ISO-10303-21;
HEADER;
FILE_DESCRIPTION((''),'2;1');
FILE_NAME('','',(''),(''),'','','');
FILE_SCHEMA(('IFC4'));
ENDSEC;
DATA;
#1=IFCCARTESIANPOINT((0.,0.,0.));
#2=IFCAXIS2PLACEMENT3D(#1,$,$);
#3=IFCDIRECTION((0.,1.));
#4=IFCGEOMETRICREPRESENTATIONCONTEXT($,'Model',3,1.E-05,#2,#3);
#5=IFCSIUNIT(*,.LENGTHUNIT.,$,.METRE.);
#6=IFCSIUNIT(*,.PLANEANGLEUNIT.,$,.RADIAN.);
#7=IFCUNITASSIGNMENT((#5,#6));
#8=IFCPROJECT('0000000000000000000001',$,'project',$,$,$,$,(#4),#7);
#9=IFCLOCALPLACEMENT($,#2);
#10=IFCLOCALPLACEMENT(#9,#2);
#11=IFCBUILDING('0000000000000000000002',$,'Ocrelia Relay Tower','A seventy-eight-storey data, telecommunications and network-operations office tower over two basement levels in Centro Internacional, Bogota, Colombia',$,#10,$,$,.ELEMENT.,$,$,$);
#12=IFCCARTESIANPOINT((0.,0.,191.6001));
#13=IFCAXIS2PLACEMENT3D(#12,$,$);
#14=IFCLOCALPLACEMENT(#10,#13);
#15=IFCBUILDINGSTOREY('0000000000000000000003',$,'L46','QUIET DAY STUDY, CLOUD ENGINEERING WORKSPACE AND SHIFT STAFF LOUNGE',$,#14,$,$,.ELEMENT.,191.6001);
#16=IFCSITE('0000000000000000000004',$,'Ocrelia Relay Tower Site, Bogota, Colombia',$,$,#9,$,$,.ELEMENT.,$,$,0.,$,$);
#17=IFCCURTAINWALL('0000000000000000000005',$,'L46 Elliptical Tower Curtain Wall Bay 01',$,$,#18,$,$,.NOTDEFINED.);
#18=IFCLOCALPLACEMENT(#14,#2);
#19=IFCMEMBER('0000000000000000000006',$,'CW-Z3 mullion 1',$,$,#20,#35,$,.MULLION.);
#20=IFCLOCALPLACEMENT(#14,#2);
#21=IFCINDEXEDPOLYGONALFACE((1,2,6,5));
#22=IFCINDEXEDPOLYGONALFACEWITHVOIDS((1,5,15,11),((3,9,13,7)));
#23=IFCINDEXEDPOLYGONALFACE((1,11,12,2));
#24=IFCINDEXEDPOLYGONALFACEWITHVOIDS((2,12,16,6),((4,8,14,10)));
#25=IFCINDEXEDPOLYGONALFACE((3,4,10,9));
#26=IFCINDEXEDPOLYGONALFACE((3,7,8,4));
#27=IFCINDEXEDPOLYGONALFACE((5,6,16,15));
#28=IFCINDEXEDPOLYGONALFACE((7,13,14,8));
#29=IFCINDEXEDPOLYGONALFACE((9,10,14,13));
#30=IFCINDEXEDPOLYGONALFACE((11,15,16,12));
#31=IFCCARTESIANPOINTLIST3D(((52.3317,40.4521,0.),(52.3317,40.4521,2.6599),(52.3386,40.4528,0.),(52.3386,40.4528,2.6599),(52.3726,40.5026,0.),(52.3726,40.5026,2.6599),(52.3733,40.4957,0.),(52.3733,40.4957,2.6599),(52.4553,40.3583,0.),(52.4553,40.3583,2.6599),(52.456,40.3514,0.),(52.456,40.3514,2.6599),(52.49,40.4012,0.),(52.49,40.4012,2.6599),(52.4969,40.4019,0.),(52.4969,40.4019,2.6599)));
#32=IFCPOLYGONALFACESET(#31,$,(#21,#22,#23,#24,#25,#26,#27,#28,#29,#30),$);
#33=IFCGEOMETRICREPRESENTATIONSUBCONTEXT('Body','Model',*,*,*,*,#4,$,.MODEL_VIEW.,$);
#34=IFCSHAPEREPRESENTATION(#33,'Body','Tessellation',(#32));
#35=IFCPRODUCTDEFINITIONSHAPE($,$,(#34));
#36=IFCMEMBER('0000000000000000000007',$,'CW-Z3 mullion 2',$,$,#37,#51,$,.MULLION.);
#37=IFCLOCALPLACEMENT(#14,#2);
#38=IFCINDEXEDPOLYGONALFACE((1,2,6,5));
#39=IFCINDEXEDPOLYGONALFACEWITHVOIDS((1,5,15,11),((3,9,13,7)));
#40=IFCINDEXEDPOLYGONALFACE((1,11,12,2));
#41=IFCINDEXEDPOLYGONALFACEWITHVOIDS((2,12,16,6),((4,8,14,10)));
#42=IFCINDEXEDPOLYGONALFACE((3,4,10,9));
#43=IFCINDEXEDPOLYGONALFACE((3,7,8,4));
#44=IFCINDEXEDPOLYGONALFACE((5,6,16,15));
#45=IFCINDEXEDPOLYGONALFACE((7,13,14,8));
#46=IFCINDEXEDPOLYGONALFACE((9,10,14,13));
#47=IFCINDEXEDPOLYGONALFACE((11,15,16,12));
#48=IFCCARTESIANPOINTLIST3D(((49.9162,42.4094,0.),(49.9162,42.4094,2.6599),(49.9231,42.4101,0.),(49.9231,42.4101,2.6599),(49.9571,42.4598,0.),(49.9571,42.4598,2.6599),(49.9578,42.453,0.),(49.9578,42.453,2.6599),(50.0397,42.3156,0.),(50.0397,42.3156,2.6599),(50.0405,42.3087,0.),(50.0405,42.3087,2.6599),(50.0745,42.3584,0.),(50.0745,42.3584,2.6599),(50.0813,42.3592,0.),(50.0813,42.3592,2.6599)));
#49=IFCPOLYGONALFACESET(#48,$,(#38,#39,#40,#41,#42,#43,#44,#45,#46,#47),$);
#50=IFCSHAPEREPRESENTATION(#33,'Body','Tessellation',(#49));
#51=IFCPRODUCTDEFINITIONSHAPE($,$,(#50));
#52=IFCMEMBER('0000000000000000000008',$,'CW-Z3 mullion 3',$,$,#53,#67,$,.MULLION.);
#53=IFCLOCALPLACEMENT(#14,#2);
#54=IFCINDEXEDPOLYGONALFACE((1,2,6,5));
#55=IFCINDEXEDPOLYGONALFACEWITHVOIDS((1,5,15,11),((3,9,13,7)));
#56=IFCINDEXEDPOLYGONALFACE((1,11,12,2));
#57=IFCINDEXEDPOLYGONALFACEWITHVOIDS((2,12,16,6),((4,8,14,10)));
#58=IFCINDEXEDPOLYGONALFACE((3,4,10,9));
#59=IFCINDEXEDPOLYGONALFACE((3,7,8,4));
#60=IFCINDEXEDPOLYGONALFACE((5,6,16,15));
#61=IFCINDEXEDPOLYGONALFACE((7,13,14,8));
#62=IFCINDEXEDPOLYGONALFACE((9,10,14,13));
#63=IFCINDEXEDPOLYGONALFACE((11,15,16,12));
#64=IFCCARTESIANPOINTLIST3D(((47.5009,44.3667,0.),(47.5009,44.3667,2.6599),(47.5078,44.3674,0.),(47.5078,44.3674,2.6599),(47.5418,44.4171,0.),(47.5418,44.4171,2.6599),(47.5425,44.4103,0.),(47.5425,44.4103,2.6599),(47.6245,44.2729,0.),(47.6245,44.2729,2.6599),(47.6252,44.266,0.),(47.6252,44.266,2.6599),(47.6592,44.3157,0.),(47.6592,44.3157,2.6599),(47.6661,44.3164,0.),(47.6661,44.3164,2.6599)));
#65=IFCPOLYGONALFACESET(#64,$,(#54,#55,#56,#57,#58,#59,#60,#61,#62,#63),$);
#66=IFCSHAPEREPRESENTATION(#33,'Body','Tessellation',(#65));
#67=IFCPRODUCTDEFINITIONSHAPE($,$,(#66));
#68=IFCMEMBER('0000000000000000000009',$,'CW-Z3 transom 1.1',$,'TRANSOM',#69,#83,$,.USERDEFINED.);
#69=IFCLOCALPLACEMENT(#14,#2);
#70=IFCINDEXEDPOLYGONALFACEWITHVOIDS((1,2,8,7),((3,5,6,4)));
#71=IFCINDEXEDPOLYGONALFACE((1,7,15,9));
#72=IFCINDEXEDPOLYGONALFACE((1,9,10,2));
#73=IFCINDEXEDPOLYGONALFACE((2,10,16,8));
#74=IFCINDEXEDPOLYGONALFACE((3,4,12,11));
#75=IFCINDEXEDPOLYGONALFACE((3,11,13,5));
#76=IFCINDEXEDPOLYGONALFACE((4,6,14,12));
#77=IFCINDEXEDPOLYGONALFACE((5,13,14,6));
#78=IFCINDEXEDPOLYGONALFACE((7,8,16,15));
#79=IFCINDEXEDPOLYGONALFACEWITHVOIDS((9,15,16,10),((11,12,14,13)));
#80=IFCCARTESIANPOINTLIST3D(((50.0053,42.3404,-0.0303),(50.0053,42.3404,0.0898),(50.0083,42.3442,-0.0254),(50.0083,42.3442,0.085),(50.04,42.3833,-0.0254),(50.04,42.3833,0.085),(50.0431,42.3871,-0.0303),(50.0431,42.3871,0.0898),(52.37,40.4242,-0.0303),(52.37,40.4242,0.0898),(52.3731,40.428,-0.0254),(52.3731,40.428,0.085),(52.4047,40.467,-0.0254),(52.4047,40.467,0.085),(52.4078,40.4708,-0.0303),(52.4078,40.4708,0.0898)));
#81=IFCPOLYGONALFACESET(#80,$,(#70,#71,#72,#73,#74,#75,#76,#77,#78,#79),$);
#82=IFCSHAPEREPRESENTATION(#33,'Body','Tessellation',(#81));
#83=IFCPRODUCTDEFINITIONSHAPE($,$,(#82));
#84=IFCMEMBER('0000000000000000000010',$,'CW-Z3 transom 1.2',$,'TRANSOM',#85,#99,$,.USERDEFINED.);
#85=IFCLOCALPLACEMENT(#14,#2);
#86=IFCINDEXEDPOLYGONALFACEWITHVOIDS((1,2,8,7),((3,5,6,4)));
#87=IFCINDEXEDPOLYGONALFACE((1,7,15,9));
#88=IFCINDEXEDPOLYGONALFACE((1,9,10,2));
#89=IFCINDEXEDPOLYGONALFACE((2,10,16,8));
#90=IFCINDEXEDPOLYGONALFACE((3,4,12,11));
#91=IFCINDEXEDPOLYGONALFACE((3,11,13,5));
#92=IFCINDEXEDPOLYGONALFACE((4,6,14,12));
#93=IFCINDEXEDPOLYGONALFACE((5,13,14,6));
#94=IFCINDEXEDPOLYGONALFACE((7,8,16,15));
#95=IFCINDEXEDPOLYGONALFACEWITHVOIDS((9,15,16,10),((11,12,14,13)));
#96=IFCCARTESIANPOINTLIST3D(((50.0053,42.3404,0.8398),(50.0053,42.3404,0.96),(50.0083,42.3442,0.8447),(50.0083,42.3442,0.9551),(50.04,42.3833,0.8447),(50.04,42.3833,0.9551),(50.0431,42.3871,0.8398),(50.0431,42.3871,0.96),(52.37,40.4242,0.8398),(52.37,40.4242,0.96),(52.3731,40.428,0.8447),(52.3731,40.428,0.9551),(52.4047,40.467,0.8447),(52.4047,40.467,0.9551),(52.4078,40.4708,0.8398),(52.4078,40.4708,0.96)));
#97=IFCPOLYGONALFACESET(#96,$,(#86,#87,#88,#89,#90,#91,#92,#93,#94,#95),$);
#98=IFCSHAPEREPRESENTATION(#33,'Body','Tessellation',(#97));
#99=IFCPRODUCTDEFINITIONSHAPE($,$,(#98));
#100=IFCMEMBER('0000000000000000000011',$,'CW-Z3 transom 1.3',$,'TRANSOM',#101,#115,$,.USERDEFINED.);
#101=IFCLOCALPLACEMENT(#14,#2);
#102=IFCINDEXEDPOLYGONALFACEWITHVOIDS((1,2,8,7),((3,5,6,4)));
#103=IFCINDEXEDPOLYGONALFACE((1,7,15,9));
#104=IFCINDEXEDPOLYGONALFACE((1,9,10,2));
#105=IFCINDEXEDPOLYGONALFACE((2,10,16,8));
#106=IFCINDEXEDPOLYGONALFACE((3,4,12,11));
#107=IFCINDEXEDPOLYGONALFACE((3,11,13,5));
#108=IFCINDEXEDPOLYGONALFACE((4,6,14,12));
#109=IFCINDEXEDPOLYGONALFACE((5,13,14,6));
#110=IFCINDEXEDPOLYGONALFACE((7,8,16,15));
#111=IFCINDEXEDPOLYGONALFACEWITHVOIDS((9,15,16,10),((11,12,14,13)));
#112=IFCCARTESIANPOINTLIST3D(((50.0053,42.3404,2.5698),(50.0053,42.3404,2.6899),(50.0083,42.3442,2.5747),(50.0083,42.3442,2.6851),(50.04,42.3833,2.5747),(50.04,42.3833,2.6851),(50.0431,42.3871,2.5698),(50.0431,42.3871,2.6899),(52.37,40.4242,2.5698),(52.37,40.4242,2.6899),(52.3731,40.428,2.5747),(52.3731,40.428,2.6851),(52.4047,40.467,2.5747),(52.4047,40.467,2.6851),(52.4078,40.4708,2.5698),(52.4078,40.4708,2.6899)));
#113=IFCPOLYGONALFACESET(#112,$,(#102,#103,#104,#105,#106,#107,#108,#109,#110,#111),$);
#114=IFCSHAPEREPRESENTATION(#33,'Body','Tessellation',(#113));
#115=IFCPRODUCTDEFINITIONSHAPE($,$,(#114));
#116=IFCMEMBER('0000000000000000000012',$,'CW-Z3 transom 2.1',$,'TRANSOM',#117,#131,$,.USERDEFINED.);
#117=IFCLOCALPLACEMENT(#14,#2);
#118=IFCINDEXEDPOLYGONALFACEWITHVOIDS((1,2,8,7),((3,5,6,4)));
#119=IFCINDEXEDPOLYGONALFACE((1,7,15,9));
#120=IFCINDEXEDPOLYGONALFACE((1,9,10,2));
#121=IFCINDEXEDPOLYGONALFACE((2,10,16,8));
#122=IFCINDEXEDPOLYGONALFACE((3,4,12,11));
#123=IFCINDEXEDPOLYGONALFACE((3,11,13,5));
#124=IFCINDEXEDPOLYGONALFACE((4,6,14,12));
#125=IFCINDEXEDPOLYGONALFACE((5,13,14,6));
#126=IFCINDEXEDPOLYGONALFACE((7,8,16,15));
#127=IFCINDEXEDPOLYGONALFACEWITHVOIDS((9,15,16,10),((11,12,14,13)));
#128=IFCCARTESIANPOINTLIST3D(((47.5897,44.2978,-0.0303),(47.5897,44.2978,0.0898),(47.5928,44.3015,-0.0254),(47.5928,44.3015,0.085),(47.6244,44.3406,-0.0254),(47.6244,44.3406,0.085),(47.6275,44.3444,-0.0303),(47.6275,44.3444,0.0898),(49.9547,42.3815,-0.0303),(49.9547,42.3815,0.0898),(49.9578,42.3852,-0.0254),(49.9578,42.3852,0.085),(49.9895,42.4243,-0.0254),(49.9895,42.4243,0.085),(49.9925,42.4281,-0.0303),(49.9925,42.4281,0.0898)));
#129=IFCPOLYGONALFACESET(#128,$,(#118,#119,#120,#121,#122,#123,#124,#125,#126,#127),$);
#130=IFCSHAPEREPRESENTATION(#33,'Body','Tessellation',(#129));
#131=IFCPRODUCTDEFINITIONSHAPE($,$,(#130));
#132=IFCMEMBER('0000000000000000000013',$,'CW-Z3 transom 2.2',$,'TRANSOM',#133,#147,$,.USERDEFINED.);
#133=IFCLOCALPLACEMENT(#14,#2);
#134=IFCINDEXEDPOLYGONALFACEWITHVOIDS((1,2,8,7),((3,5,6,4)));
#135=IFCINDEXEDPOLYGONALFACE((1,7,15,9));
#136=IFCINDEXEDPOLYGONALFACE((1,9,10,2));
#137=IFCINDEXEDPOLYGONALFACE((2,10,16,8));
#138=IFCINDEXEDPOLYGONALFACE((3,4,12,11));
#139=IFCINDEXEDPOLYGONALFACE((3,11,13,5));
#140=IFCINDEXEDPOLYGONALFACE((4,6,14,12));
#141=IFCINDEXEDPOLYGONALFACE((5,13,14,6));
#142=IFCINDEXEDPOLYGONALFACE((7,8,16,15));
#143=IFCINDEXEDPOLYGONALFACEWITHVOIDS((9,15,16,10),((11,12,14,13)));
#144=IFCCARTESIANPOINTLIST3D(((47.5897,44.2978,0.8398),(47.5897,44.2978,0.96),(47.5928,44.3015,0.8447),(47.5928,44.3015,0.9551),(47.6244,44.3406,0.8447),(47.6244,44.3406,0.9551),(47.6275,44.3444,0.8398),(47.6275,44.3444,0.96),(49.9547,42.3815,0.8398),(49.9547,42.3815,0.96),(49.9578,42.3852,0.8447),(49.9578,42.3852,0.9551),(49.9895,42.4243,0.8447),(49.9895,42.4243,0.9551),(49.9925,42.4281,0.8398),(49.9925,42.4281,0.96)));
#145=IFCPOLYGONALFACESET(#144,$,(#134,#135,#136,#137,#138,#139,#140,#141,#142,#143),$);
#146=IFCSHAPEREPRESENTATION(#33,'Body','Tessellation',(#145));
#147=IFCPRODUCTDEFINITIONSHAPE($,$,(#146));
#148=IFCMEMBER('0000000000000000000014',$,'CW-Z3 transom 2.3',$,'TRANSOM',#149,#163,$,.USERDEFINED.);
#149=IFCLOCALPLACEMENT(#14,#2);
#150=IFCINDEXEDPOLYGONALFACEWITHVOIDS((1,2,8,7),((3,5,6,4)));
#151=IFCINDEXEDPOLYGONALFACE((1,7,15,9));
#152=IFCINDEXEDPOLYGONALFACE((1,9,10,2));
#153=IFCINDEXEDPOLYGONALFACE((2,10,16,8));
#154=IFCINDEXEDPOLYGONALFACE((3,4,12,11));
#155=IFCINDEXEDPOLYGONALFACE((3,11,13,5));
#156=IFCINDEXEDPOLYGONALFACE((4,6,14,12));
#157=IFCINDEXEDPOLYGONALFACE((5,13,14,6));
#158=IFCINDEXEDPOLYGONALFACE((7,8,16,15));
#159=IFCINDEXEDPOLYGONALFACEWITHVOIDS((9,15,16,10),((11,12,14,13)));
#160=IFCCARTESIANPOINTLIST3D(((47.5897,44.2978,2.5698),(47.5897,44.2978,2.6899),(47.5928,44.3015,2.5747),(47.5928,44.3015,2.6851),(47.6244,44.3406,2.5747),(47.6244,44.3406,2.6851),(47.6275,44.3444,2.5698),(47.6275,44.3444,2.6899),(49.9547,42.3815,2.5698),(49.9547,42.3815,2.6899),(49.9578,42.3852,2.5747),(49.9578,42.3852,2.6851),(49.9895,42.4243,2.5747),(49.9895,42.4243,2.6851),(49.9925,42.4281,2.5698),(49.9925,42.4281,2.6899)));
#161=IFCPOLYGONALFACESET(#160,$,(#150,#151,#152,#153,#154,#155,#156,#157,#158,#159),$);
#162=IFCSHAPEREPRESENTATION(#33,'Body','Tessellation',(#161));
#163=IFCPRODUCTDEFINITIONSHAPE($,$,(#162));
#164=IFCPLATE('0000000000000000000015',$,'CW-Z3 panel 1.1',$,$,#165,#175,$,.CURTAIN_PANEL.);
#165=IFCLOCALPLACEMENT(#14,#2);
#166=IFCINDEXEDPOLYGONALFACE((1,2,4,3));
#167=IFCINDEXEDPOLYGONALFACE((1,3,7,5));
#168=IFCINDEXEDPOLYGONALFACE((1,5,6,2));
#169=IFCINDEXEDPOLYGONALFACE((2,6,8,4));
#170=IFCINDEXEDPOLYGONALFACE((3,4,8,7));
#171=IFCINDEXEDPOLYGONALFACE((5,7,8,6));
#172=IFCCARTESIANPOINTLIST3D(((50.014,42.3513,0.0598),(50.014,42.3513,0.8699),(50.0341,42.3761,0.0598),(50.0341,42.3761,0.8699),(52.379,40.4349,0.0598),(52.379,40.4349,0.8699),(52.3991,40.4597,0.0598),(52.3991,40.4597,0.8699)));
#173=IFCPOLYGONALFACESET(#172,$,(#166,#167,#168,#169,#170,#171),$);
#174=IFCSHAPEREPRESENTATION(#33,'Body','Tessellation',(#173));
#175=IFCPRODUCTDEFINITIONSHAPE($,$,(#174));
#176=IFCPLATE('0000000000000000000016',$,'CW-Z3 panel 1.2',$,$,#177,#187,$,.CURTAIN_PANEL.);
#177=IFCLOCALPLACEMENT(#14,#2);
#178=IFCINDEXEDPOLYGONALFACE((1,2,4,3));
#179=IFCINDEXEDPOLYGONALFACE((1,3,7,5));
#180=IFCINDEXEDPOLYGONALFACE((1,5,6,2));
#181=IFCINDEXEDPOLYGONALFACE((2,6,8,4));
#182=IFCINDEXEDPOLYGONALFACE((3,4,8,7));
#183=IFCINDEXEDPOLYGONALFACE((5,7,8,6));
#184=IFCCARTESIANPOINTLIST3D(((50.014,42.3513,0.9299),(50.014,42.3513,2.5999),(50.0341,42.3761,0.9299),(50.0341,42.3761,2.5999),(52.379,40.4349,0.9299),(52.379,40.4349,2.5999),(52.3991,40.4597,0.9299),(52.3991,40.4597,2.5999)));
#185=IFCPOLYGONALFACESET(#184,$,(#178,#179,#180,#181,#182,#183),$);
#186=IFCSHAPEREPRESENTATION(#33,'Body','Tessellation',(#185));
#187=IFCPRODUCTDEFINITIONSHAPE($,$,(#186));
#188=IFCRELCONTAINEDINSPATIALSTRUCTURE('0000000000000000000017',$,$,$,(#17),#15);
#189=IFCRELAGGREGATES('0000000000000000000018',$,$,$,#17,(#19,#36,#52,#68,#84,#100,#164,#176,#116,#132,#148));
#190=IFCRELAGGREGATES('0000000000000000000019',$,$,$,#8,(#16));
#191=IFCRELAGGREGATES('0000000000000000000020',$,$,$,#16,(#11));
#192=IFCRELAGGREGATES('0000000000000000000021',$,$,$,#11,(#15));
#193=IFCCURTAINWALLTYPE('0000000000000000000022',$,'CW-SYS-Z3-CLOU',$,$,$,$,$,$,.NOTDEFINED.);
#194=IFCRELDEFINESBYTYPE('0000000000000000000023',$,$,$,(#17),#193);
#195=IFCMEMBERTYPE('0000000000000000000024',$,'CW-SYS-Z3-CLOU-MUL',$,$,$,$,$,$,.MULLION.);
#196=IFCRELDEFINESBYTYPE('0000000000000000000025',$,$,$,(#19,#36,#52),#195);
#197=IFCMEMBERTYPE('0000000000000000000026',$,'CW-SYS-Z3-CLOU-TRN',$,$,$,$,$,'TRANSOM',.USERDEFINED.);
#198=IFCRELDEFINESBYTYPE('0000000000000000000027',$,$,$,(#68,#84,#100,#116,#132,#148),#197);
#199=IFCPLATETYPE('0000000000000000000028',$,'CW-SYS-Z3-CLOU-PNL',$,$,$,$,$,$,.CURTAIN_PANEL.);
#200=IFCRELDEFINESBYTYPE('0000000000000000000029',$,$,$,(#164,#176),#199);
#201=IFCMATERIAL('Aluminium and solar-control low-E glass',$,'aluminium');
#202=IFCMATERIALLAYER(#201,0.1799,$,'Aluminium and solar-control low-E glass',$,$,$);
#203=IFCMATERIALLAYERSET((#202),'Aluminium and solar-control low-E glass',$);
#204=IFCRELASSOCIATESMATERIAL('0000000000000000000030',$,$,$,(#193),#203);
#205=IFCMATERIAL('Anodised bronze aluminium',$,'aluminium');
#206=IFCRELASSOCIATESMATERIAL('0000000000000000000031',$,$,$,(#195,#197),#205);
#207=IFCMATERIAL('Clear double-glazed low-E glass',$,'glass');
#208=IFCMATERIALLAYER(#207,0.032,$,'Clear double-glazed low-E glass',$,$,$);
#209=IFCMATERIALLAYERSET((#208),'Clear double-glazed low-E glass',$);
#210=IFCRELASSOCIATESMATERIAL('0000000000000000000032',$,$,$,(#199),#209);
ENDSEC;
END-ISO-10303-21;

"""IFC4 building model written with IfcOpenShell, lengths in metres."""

from ifc_helpers import new_model, si_unit, direction, frame, origin, origin_2d, place, context, subcontext, project, spatial, rectangle, hollow_rectangle, extrude, material, layer, layer_set, material_profile, profile_set, type_object, element, aggregate, save


model = new_model("IFC4")

# Units and contexts
model_context = context("Model", 3, precision=1e-05, world=origin(), true_north=direction((0.0, 1.0)))
body_context = subcontext(model_context, "Body", "Model", "MODEL_VIEW")
ifc_project = project(units=[si_unit("LENGTHUNIT", "METRE"), si_unit("PLANEANGLEUNIT", "RADIAN")], contexts=[model_context])

# Site, building, storey
site_placement = place(None, origin())
site = spatial("IfcSite", under=ifc_project, at=site_placement, Name="Ocrelia Relay Tower Site, Bogota, Colombia", CompositionType="ELEMENT", RefElevation=0.0)
building_placement = place(site_placement, origin())
building = spatial("IfcBuilding", under=site, at=building_placement, Name="Ocrelia Relay Tower", Description="A seventy-eight-storey data, telecommunications and network-operations office tower over two basement levels in Centro Internacional, Bogota, Colombia", CompositionType="ELEMENT")
storey_placement = place(building_placement, frame((0.0, 0.0, 191.6001)))
storey = spatial("IfcBuildingStorey", under=building, at=storey_placement, Name="L46", Description="QUIET DAY STUDY, CLOUD ENGINEERING WORKSPACE AND SHIFT STAFF LOUNGE", CompositionType="ELEMENT", Elevation=191.6001)

# Curtain wall, members, plates
ifc_material_1 = material(Name="Aluminium and solar-control low-E glass", Category="aluminium")
ifc_layer_1 = layer(ifc_material_1, 0.1799, Name="Aluminium and solar-control low-E glass")
ifc_layer_set_1 = layer_set([ifc_layer_1], Name="Aluminium and solar-control low-E glass")
curtain_wall_type = type_object("IfcCurtainWallType", Name="CW-SYS-Z3-CLOU", PredefinedType="NOTDEFINED", material=ifc_layer_set_1)
curtain_wall_placement = place(storey_placement, origin())
curtain_wall = element("IfcCurtainWall", 1, at=curtain_wall_placement, inside=storey, type_object=curtain_wall_type, Name="L46 Elliptical Tower Curtain Wall Bay 01", PredefinedType="NOTDEFINED")
ifc_material_2 = material(Name="Anodised bronze aluminium", Category="aluminium")
ifc_material_profile_1 = material_profile(ifc_material_2, hollow_rectangle(XDim=0.0649, YDim=0.1599, WallThickness=0.0049, at=origin_2d()), Name="CW-MUL-160x65")
ifc_profile_set_1 = profile_set([ifc_material_profile_1], Name="Anodised bronze aluminium")
member_type_1 = type_object("IfcMemberType", Name="CW-SYS-Z3-CLOU-MUL", PredefinedType="MULLION", material=ifc_profile_set_1)
member_1_placement = place(storey_placement, frame((52.4143, 40.427, 0.0), z_axis=(0.0, 0.0, 1.0), x_axis=(-0.62958, -0.776936, 0.0)))
member_1 = element("IfcMember", 2, at=member_1_placement, type_object=member_type_1, Name="CW-Z3 mullion 1", PredefinedType="MULLION", context=body_context, shape_type="SweptSolid", body=[
    extrude(hollow_rectangle(XDim=0.0649, YDim=0.1599, WallThickness=0.0049, at=origin_2d()), origin(), (0.0, 0.0, 1.0), 2.6599),
])
member_2_placement = place(storey_placement, frame((49.9988, 42.3843, 0.0), z_axis=(0.0, 0.0, 1.0), x_axis=(-0.62958, -0.776936, 0.0)))
member_2 = element("IfcMember", 3, at=member_2_placement, type_object=member_type_1, Name="CW-Z3 mullion 2", PredefinedType="MULLION", context=body_context, shape_type="SweptSolid", body=[
    extrude(hollow_rectangle(XDim=0.0649, YDim=0.1599, WallThickness=0.0049, at=origin_2d()), origin(), (0.0, 0.0, 1.0), 2.6599),
])
member_3_placement = place(storey_placement, frame((47.5835, 44.3416, 0.0), z_axis=(0.0, 0.0, 1.0), x_axis=(-0.62958, -0.776936, 0.0)))
member_3 = element("IfcMember", 4, at=member_3_placement, type_object=member_type_1, Name="CW-Z3 mullion 3", PredefinedType="MULLION", context=body_context, shape_type="SweptSolid", body=[
    extrude(hollow_rectangle(XDim=0.0649, YDim=0.1599, WallThickness=0.0049, at=origin_2d()), origin(), (0.0, 0.0, 1.0), 2.6599),
])
ifc_material_profile_2 = material_profile(ifc_material_2, hollow_rectangle(XDim=0.0601, YDim=0.1201, WallThickness=0.0049, at=origin_2d()), Name="CW-TRN-120x60")
ifc_profile_set_2 = profile_set([ifc_material_profile_2], Name="Anodised bronze aluminium")
member_type_2 = type_object("IfcMemberType", Name="CW-SYS-Z3-CLOU-TRN", ElementType="TRANSOM", PredefinedType="USERDEFINED", material=ifc_profile_set_2)
member_4_placement = place(storey_placement, frame((52.3889, 40.4475, 0.0298), z_axis=(-0.776933, 0.629583, 0.0), x_axis=(-0.629583, -0.776933, 0.0)))
member_4 = element("IfcMember", 5, at=member_4_placement, type_object=member_type_2, Name="CW-Z3 transom 1.1", ObjectType="TRANSOM", PredefinedType="USERDEFINED", context=body_context, shape_type="SweptSolid", body=[
    extrude(hollow_rectangle(XDim=0.0601, YDim=0.1201, WallThickness=0.0049, at=origin_2d()), origin(), (0.0, 0.0, 1.0), 3.0437),
])
member_5_placement = place(storey_placement, frame((52.3889, 40.4475, 0.8999), z_axis=(-0.776933, 0.629583, 0.0), x_axis=(-0.629583, -0.776933, 0.0)))
member_5 = element("IfcMember", 6, at=member_5_placement, type_object=member_type_2, Name="CW-Z3 transom 1.2", ObjectType="TRANSOM", PredefinedType="USERDEFINED", context=body_context, shape_type="SweptSolid", body=[
    extrude(hollow_rectangle(XDim=0.0601, YDim=0.1201, WallThickness=0.0049, at=origin_2d()), origin(), (0.0, 0.0, 1.0), 3.0437),
])
member_6_placement = place(storey_placement, frame((52.3889, 40.4475, 2.6299), z_axis=(-0.776933, 0.629583, 0.0), x_axis=(-0.629583, -0.776933, 0.0)))
member_6 = element("IfcMember", 7, at=member_6_placement, type_object=member_type_2, Name="CW-Z3 transom 1.3", ObjectType="TRANSOM", PredefinedType="USERDEFINED", context=body_context, shape_type="SweptSolid", body=[
    extrude(hollow_rectangle(XDim=0.0601, YDim=0.1201, WallThickness=0.0049, at=origin_2d()), origin(), (0.0, 0.0, 1.0), 3.0437),
])
member_7_placement = place(storey_placement, frame((49.9736, 42.4048, 0.0298), z_axis=(-0.776965, 0.629544, 0.0), x_axis=(-0.629544, -0.776965, 0.0)))
member_7 = element("IfcMember", 8, at=member_7_placement, type_object=member_type_2, Name="CW-Z3 transom 2.1", ObjectType="TRANSOM", PredefinedType="USERDEFINED", context=body_context, shape_type="SweptSolid", body=[
    extrude(hollow_rectangle(XDim=0.0601, YDim=0.1201, WallThickness=0.0049, at=origin_2d()), origin(), (0.0, 0.0, 1.0), 3.0439),
])
member_8_placement = place(storey_placement, frame((49.9736, 42.4048, 0.8999), z_axis=(-0.776965, 0.629544, 0.0), x_axis=(-0.629544, -0.776965, 0.0)))
member_8 = element("IfcMember", 9, at=member_8_placement, type_object=member_type_2, Name="CW-Z3 transom 2.2", ObjectType="TRANSOM", PredefinedType="USERDEFINED", context=body_context, shape_type="SweptSolid", body=[
    extrude(hollow_rectangle(XDim=0.0601, YDim=0.1201, WallThickness=0.0049, at=origin_2d()), origin(), (0.0, 0.0, 1.0), 3.0439),
])
member_9_placement = place(storey_placement, frame((49.9736, 42.4048, 2.6299), z_axis=(-0.776965, 0.629544, 0.0), x_axis=(-0.629544, -0.776965, 0.0)))
member_9 = element("IfcMember", 10, at=member_9_placement, type_object=member_type_2, Name="CW-Z3 transom 2.3", ObjectType="TRANSOM", PredefinedType="USERDEFINED", context=body_context, shape_type="SweptSolid", body=[
    extrude(hollow_rectangle(XDim=0.0601, YDim=0.1201, WallThickness=0.0049, at=origin_2d()), origin(), (0.0, 0.0, 1.0), 3.0439),
])
ifc_material_3 = material(Name="Clear double-glazed low-E glass", Category="glass")
ifc_layer_2 = layer(ifc_material_3, 0.032, Name="Clear double-glazed low-E glass")
ifc_layer_set_2 = layer_set([ifc_layer_2], Name="Clear double-glazed low-E glass")
plate_type = type_object("IfcPlateType", Name="CW-SYS-Z3-CLOU-PNL", PredefinedType="CURTAIN_PANEL", material=ifc_layer_set_2)
plate_1_placement = place(storey_placement, frame((51.2065, 41.4055, 0.0598), z_axis=(0.0, 0.0, 1.0), x_axis=(-0.776936, 0.62958, 0.0)))
plate_1 = element("IfcPlate", 11, at=plate_1_placement, type_object=plate_type, Name="CW-Z3 panel 1.1", PredefinedType="CURTAIN_PANEL", context=body_context, shape_type="SweptSolid", body=[
    extrude(rectangle(XDim=3.0439, YDim=0.032, at=origin_2d()), origin(), (0.0, 0.0, 1.0), 0.8101),
])
plate_2_placement = place(storey_placement, frame((51.2065, 41.4055, 0.9299), z_axis=(0.0, 0.0, 1.0), x_axis=(-0.776936, 0.62958, 0.0)))
plate_2 = element("IfcPlate", 12, at=plate_2_placement, type_object=plate_type, Name="CW-Z3 panel 1.2", PredefinedType="CURTAIN_PANEL", context=body_context, shape_type="SweptSolid", body=[
    extrude(rectangle(XDim=3.0439, YDim=0.032, at=origin_2d()), origin(), (0.0, 0.0, 1.0), 1.6699),
])
aggregate(curtain_wall, [member_1, member_2, member_3, member_4, member_5, member_6, plate_1, plate_2, member_7, member_8, member_9])

save(model, "model.ifc")
